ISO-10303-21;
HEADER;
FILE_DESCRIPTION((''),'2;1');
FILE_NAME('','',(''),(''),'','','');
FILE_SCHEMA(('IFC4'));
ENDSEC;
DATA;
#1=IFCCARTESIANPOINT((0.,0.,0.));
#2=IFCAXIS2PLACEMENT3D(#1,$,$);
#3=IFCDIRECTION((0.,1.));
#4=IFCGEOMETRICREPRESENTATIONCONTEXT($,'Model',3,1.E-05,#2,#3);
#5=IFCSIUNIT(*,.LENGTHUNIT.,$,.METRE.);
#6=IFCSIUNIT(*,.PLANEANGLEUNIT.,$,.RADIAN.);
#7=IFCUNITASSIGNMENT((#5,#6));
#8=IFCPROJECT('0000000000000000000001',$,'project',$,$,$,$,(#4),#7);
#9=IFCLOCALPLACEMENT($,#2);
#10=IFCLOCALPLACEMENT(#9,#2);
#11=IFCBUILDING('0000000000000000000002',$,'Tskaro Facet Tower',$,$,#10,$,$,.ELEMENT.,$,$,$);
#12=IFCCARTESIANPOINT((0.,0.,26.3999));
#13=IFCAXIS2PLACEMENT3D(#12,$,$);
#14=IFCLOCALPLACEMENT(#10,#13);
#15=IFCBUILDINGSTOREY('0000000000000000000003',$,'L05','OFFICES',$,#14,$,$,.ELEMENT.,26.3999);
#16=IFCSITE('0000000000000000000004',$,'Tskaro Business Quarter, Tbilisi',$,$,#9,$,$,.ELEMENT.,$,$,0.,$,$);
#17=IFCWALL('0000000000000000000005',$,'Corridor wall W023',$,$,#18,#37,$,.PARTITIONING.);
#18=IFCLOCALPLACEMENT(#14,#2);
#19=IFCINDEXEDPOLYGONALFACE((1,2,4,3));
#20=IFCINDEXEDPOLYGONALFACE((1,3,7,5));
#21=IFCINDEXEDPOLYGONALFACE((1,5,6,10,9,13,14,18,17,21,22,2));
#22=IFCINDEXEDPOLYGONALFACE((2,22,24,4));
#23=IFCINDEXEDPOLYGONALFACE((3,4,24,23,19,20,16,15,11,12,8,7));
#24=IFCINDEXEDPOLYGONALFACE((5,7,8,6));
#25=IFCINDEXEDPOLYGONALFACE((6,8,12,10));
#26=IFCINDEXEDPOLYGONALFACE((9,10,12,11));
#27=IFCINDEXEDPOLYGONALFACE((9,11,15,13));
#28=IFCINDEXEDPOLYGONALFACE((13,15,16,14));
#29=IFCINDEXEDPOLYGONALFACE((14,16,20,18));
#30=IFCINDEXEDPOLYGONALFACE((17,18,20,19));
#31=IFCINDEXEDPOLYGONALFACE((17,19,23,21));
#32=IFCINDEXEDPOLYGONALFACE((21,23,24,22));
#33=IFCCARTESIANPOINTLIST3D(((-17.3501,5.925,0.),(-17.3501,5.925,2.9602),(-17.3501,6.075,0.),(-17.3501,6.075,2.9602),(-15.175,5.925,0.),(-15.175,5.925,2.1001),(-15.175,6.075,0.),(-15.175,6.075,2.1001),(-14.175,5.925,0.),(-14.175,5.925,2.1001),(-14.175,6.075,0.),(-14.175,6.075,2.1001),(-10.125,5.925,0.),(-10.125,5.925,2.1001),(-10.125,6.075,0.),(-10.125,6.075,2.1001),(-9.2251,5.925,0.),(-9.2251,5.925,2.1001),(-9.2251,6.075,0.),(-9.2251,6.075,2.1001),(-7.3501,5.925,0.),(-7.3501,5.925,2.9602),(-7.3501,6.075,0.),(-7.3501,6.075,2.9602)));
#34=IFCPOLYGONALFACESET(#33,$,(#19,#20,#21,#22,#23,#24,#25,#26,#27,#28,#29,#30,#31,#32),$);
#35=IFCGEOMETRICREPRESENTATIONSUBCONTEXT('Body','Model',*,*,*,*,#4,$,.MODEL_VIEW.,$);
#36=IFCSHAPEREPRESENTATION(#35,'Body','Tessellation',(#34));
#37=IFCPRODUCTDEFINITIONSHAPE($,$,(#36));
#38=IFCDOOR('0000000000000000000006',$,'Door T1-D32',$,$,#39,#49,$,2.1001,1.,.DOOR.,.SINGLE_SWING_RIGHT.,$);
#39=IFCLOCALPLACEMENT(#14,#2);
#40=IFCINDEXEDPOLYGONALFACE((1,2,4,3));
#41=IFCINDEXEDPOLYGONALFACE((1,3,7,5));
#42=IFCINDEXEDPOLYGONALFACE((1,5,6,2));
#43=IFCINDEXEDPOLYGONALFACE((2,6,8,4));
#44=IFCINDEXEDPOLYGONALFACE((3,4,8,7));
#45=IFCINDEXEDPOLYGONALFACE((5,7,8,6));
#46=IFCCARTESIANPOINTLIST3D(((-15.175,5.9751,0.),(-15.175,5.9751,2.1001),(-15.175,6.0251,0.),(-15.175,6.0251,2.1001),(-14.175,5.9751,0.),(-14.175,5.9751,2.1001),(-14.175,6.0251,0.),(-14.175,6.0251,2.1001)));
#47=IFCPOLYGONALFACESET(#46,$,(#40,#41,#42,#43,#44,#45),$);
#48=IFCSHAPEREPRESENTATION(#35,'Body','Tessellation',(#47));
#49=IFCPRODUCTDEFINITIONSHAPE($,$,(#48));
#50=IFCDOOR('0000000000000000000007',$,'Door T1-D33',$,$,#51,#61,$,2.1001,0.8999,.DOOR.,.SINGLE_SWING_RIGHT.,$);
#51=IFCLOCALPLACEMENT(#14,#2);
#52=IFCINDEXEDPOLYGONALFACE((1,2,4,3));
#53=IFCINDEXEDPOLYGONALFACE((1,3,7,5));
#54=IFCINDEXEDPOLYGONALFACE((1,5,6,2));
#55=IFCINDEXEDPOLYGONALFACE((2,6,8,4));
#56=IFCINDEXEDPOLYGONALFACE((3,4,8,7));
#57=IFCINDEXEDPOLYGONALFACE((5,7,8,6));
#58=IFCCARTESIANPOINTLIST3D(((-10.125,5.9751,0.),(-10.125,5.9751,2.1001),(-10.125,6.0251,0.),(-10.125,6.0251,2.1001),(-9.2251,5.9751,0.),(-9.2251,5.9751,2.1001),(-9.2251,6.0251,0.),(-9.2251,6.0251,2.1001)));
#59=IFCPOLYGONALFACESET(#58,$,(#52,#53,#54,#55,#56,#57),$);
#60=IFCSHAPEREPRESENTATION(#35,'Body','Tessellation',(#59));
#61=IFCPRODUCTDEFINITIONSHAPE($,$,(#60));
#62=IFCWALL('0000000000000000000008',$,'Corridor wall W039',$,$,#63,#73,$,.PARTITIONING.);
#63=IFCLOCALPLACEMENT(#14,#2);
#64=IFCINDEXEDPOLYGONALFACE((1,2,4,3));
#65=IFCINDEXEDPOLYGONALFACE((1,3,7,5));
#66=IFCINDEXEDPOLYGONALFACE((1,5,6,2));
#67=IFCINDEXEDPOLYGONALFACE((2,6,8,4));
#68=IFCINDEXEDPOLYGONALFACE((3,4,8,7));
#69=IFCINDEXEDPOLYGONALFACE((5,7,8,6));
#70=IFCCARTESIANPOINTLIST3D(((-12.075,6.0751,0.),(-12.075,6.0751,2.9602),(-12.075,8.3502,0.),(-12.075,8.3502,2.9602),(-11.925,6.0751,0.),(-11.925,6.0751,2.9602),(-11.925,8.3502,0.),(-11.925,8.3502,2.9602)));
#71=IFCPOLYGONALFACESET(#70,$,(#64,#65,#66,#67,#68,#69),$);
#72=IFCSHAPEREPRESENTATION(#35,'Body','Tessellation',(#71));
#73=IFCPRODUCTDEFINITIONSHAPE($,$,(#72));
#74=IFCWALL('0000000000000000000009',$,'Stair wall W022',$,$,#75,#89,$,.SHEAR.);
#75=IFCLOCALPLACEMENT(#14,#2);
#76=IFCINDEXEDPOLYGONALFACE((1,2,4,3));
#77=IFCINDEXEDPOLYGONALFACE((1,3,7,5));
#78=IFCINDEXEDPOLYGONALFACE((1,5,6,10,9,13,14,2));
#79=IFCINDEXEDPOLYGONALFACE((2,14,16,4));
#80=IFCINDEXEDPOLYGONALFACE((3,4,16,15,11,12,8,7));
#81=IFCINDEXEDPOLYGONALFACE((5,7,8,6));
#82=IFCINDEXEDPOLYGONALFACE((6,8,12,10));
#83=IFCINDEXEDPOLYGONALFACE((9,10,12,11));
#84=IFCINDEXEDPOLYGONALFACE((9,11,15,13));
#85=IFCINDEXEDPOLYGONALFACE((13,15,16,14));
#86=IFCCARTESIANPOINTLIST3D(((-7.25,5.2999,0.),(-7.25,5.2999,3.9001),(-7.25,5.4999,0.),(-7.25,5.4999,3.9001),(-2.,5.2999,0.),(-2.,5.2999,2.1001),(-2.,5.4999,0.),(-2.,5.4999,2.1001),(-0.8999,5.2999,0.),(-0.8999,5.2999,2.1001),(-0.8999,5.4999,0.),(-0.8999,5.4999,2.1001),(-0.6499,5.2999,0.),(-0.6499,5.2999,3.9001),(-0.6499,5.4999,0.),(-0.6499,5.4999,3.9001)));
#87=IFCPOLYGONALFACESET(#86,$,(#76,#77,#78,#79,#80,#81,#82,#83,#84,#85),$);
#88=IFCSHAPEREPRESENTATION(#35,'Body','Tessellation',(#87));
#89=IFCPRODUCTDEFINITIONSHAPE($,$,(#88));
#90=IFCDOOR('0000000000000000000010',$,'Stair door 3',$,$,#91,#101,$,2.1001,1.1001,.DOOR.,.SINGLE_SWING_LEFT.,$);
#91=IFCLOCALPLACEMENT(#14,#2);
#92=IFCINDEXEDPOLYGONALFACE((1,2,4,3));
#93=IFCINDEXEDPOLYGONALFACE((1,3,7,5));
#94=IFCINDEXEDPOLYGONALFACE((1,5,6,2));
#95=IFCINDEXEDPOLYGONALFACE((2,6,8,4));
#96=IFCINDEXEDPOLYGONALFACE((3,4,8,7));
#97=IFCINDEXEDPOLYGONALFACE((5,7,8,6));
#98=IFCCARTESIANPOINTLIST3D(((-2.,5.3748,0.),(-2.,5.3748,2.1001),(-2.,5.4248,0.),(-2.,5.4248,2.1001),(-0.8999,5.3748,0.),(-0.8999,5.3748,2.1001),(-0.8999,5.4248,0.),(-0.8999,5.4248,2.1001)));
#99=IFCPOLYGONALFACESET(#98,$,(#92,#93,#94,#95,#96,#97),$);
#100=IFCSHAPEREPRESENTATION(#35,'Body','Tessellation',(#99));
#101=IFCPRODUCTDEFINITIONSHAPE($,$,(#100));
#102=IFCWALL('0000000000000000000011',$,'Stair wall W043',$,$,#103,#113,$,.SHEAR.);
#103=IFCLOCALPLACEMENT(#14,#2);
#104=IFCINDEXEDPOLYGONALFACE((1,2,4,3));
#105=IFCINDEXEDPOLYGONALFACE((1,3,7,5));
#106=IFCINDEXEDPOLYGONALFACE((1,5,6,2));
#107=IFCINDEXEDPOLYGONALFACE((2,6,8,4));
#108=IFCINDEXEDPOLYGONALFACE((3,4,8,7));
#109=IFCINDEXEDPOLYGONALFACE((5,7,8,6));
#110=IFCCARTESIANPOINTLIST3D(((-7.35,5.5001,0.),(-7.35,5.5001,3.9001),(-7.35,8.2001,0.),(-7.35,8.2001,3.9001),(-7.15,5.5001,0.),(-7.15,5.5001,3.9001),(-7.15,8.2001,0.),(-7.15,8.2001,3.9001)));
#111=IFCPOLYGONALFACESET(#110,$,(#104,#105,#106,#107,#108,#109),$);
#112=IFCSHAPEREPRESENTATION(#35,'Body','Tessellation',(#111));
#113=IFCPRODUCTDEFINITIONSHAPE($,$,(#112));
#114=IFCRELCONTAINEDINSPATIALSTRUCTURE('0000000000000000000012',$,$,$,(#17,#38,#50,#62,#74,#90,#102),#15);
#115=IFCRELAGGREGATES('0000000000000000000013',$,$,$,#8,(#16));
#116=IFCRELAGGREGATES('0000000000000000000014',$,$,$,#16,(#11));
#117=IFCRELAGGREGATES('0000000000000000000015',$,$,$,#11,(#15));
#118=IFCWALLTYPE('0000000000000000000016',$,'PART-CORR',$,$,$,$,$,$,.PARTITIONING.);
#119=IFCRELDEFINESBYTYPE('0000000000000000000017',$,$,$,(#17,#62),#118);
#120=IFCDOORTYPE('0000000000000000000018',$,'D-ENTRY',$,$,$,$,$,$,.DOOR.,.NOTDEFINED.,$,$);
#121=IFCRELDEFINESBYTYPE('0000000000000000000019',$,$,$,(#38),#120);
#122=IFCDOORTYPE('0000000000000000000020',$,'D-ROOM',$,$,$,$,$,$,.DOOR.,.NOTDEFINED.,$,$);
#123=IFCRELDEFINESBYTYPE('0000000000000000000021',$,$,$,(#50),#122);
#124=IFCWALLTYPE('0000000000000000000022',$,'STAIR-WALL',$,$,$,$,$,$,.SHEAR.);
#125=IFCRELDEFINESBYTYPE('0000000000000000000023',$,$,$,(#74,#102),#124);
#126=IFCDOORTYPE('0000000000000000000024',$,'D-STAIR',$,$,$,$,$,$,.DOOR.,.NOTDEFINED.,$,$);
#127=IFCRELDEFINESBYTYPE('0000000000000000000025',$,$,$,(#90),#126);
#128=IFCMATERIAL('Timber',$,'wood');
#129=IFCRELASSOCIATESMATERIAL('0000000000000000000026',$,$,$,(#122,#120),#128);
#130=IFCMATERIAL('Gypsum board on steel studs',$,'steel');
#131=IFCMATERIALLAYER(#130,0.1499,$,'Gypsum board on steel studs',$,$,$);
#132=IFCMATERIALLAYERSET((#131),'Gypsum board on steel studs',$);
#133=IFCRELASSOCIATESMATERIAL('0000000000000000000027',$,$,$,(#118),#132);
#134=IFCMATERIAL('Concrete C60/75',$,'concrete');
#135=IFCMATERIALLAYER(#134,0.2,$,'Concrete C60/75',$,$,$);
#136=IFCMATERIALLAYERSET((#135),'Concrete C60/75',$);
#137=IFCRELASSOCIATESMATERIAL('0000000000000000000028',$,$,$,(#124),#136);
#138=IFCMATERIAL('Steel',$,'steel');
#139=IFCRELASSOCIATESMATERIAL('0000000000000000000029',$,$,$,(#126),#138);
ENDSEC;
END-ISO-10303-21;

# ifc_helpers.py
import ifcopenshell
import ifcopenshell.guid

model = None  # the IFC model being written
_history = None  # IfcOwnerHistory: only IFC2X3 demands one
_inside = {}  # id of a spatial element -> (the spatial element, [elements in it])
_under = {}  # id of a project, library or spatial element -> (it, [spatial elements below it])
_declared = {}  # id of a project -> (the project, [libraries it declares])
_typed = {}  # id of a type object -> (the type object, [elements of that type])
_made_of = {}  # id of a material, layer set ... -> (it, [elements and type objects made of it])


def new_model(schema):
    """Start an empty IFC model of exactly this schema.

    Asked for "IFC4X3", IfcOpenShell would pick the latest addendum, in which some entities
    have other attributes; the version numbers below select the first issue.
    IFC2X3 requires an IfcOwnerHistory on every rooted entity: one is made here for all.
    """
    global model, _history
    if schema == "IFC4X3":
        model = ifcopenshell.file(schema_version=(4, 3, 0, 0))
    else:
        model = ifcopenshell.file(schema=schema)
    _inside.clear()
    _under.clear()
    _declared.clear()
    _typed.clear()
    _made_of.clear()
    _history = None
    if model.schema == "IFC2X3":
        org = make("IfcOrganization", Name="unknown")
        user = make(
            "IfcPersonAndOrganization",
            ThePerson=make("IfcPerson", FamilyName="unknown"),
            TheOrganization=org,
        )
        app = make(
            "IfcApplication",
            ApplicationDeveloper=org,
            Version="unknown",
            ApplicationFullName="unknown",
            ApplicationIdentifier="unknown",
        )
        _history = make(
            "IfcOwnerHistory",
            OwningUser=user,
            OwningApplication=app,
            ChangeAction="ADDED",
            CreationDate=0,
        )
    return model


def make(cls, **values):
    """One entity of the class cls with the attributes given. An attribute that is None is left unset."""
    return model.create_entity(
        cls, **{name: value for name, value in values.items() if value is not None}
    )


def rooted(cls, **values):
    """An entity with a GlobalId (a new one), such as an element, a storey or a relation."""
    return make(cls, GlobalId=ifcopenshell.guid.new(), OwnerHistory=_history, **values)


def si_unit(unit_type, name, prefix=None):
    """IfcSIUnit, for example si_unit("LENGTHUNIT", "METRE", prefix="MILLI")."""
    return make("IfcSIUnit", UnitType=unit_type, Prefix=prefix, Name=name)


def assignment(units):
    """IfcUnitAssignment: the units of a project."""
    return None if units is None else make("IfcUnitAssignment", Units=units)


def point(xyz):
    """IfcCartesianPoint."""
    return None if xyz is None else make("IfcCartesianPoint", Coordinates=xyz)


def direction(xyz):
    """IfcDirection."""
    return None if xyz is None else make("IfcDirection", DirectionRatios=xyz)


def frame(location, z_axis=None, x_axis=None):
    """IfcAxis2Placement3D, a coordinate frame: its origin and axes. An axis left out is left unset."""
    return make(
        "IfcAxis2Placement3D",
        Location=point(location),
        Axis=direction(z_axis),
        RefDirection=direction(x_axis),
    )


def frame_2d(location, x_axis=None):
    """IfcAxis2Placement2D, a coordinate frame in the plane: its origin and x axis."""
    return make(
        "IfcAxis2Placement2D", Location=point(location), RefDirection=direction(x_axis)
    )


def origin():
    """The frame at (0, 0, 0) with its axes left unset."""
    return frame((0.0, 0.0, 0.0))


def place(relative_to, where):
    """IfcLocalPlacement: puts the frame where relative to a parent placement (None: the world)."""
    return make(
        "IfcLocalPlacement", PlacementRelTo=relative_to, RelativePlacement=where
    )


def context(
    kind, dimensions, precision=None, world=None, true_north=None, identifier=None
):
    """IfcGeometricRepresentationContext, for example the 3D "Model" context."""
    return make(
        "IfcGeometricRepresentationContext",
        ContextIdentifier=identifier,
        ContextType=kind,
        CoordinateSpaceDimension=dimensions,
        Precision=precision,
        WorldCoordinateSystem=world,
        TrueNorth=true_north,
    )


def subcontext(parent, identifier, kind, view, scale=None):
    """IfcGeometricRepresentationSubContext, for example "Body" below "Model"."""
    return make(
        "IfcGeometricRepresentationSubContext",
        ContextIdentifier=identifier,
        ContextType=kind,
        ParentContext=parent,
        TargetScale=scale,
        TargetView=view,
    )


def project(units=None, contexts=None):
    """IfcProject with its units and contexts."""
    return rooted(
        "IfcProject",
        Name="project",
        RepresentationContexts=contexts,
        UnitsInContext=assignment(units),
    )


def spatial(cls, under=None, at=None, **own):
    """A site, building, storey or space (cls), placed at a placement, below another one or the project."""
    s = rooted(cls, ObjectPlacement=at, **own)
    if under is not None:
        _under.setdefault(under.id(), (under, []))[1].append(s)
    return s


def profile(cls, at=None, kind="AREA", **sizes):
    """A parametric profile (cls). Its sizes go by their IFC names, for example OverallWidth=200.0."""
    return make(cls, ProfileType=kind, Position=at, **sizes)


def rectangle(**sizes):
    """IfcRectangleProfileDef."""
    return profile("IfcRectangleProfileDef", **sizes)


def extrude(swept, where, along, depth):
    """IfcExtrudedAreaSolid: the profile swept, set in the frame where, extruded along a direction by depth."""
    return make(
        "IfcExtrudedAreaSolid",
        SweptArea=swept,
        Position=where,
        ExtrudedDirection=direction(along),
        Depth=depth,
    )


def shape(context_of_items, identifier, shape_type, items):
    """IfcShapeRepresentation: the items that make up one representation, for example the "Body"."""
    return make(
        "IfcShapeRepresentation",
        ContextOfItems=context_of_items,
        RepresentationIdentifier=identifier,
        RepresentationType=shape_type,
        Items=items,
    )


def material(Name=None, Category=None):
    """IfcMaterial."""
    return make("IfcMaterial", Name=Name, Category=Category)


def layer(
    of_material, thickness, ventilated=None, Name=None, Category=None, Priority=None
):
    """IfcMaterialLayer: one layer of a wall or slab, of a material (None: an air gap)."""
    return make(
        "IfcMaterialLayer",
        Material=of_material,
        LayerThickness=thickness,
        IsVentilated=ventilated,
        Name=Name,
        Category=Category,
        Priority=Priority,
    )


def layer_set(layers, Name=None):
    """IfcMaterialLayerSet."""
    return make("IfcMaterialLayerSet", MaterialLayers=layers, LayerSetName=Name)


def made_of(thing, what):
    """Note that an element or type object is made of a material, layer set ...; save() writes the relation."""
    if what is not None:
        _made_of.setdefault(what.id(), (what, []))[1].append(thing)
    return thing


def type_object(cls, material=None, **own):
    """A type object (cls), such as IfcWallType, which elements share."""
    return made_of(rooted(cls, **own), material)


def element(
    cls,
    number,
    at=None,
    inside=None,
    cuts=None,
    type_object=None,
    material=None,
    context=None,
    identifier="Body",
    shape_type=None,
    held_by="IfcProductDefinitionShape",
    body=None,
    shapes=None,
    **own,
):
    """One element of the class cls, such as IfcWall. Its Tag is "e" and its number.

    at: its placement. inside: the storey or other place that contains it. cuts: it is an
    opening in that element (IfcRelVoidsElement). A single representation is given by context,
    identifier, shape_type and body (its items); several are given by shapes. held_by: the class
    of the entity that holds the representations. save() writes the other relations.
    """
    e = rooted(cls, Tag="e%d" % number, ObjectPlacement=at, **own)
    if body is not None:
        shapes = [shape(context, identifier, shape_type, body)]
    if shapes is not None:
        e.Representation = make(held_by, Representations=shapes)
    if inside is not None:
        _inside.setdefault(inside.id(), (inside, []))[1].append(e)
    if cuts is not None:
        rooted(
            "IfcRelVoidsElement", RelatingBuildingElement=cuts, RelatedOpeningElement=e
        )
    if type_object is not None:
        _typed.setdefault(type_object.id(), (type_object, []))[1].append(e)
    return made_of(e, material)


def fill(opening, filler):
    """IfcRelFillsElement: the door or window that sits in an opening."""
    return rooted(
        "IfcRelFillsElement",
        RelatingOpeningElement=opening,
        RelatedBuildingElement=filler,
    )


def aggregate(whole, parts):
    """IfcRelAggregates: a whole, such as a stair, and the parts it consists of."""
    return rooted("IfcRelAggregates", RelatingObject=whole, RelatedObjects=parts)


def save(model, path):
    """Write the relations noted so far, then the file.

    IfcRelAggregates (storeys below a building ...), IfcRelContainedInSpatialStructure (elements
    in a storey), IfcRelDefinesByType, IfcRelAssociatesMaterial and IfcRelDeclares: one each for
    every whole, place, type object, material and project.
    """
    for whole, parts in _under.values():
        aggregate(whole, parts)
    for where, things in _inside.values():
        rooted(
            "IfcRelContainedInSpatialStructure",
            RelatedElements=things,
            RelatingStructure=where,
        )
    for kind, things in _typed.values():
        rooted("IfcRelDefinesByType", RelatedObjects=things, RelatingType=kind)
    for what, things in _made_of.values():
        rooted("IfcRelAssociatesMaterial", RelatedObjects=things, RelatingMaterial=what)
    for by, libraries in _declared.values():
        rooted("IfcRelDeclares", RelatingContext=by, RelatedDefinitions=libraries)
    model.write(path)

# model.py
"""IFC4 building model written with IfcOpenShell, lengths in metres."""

from ifc_helpers import new_model, si_unit, direction, frame, frame_2d, origin, place, context, subcontext, project, spatial, rectangle, extrude, material, layer, layer_set, type_object, element, fill, save


model = new_model("IFC4")

# Units and contexts
model_context = context("Model", 3, precision=1e-05, world=origin(), true_north=direction((0.0, 1.0)))
body_context = subcontext(model_context, "Body", "Model", "MODEL_VIEW")
ifc_project = project(units=[si_unit("LENGTHUNIT", "METRE"), si_unit("PLANEANGLEUNIT", "RADIAN")], contexts=[model_context])

# Site, building, storey
site_placement = place(None, origin())
site = spatial("IfcSite", under=ifc_project, at=site_placement, Name="Tskaro Business Quarter, Tbilisi", CompositionType="ELEMENT", RefElevation=0.0)
building_placement = place(site_placement, origin())
building = spatial("IfcBuilding", under=site, at=building_placement, Name="Tskaro Facet Tower", CompositionType="ELEMENT")
storey_placement = place(building_placement, frame((0.0, 0.0, 26.3999)))
storey = spatial("IfcBuildingStorey", under=building, at=storey_placement, Name="L05", Description="OFFICES", CompositionType="ELEMENT", Elevation=26.3999)

# Shared definitions
ifc_material_1 = material(Name="Concrete C60/75", Category="concrete")

# Wall, openings, doors
ifc_material_2 = material(Name="Steel", Category="steel")
ifc_material_3 = material(Name="Timber", Category="wood")
door_type_1 = type_object("IfcDoorType", Name="D-ROOM", OperationType="NOTDEFINED", PredefinedType="DOOR", material=ifc_material_3)
ifc_material_4 = material(Name="Gypsum board on steel studs", Category="steel")
ifc_layer_1 = layer(ifc_material_4, 0.1499, Name="Gypsum board on steel studs")
ifc_layer_set_1 = layer_set([ifc_layer_1], Name="Gypsum board on steel studs")
wall_type_1 = type_object("IfcWallType", Name="PART-CORR", PredefinedType="PARTITIONING", material=ifc_layer_set_1)
wall_1_placement = place(storey_placement, frame((-7.3501, 6.0, 0.0), z_axis=(0.0, 0.0, 1.0), x_axis=(-1.0, 0.0, 0.0)))
wall_1 = element("IfcWall", 1, at=wall_1_placement, inside=storey, type_object=wall_type_1, Name="Corridor wall W023", PredefinedType="PARTITIONING", context=body_context, shape_type="SweptSolid", body=[
    extrude(rectangle(XDim=10.0, YDim=0.1499, at=frame_2d((5.0, 0.0))), origin(), (0.0, 0.0, 1.0), 2.9602),
])
opening_1_placement = place(wall_1_placement, frame((6.825, 0.0, 0.0)))
opening_1 = element("IfcOpeningElement", 2, at=opening_1_placement, cuts=wall_1, PredefinedType="OPENING", context=body_context, shape_type="SweptSolid", body=[
    extrude(rectangle(XDim=1.0, YDim=2.1001, at=frame_2d((0.5, 1.05))), frame((0.0, 0.085, 0.0), z_axis=(0.0, -1.0, 0.0), x_axis=(1.0, 0.0, 0.0)), (0.0, 0.0, 1.0), 0.1699),
])
opening_2_placement = place(wall_1_placement, frame((1.875, 0.0, 0.0)))
opening_2 = element("IfcOpeningElement", 3, at=opening_2_placement, cuts=wall_1, PredefinedType="OPENING", context=body_context, shape_type="SweptSolid", body=[
    extrude(rectangle(XDim=0.8999, YDim=2.1001, at=frame_2d((0.45, 1.05))), frame((0.0, 0.085, 0.0), z_axis=(0.0, -1.0, 0.0), x_axis=(1.0, 0.0, 0.0)), (0.0, 0.0, 1.0), 0.1699),
])
door_type_2 = type_object("IfcDoorType", Name="D-ENTRY", OperationType="NOTDEFINED", PredefinedType="DOOR", material=ifc_material_3)
door_1_placement = place(opening_1_placement, origin())
door_1 = element("IfcDoor", 4, at=door_1_placement, inside=storey, type_object=door_type_2, Name="Door T1-D32", OperationType="SINGLE_SWING_RIGHT", OverallHeight=2.1001, OverallWidth=1.0, PredefinedType="DOOR", context=body_context, shape_type="SweptSolid", body=[
    extrude(rectangle(XDim=1.0, YDim=2.1001, at=frame_2d((0.5, 1.05))), frame((0.0, 0.0249, 0.0), z_axis=(0.0, -1.0, 0.0), x_axis=(1.0, 0.0, 0.0)), (0.0, 0.0, 1.0), 0.05),
])
fill(opening_1, door_1)
door_2_placement = place(opening_2_placement, origin())
door_2 = element("IfcDoor", 5, at=door_2_placement, inside=storey, type_object=door_type_1, Name="Door T1-D33", OperationType="SINGLE_SWING_RIGHT", OverallHeight=2.1001, OverallWidth=0.8999, PredefinedType="DOOR", context=body_context, shape_type="SweptSolid", body=[
    extrude(rectangle(XDim=0.8999, YDim=2.1001, at=frame_2d((0.45, 1.05))), frame((0.0, 0.0249, 0.0), z_axis=(0.0, -1.0, 0.0), x_axis=(1.0, 0.0, 0.0)), (0.0, 0.0, 1.0), 0.05),
])
fill(opening_2, door_2)

# Wall
wall_2_placement = place(storey_placement, frame((-12.0, 6.075, 0.0), z_axis=(0.0, 0.0, 1.0), x_axis=(0.0, 1.0, 0.0)))
element("IfcWall", 6, at=wall_2_placement, inside=storey, type_object=wall_type_1, Name="Corridor wall W039", PredefinedType="PARTITIONING", context=body_context, shape_type="SweptSolid", body=[
    extrude(rectangle(XDim=2.2751, YDim=0.1499, at=frame_2d((1.1377, 0.0))), origin(), (0.0, 0.0, 1.0), 2.9602),
])

# Wall, opening, door
ifc_layer_2 = layer(ifc_material_1, 0.2, Name="Concrete C60/75")
ifc_layer_set_2 = layer_set([ifc_layer_2], Name="Concrete C60/75")
wall_type_2 = type_object("IfcWallType", Name="STAIR-WALL", PredefinedType="SHEAR", material=ifc_layer_set_2)
wall_3_placement = place(storey_placement, frame((-7.25, 5.3999, 0.0), z_axis=(0.0, 0.0, 1.0), x_axis=(1.0, 0.0, 0.0)))
wall_3 = element("IfcWall", 7, at=wall_3_placement, inside=storey, type_object=wall_type_2, Name="Stair wall W022", PredefinedType="SHEAR", context=body_context, shape_type="SweptSolid", body=[
    extrude(rectangle(XDim=6.6001, YDim=0.2, at=frame_2d((3.3, 0.0))), origin(), (0.0, 0.0, 1.0), 3.9001),
])
opening_3_placement = place(wall_3_placement, frame((5.25, 0.0, 0.0)))
opening_3 = element("IfcOpeningElement", 8, at=opening_3_placement, cuts=wall_3, PredefinedType="OPENING", context=body_context, shape_type="SweptSolid", body=[
    extrude(rectangle(XDim=1.1001, YDim=2.1001, at=frame_2d((0.55, 1.05))), frame((0.0, 0.1099, 0.0), z_axis=(0.0, -1.0, 0.0), x_axis=(1.0, 0.0, 0.0)), (0.0, 0.0, 1.0), 0.22),
])
door_type_3 = type_object("IfcDoorType", Name="D-STAIR", OperationType="NOTDEFINED", PredefinedType="DOOR", material=ifc_material_2)
door_3_placement = place(opening_3_placement, origin())
door_3 = element("IfcDoor", 9, at=door_3_placement, inside=storey, type_object=door_type_3, Name="Stair door 3", OperationType="SINGLE_SWING_LEFT", OverallHeight=2.1001, OverallWidth=1.1001, PredefinedType="DOOR", context=body_context, shape_type="SweptSolid", body=[
    extrude(rectangle(XDim=1.1001, YDim=2.1001, at=frame_2d((0.55, 1.05))), frame((0.0, 0.0249, 0.0), z_axis=(0.0, -1.0, 0.0), x_axis=(1.0, 0.0, 0.0)), (0.0, 0.0, 1.0), 0.05),
])
fill(opening_3, door_3)

# Wall
wall_4_placement = place(storey_placement, frame((-7.25, 5.5, 0.0), z_axis=(0.0, 0.0, 1.0), x_axis=(0.0, 1.0, 0.0)))
element("IfcWall", 10, at=wall_4_placement, inside=storey, type_object=wall_type_2, Name="Stair wall W043", PredefinedType="SHEAR", context=body_context, shape_type="SweptSolid", body=[
    extrude(rectangle(XDim=2.7, YDim=0.2, at=frame_2d((1.3501, 0.0))), origin(), (0.0, 0.0, 1.0), 3.9001),
])

save(model, "model.ifc")
